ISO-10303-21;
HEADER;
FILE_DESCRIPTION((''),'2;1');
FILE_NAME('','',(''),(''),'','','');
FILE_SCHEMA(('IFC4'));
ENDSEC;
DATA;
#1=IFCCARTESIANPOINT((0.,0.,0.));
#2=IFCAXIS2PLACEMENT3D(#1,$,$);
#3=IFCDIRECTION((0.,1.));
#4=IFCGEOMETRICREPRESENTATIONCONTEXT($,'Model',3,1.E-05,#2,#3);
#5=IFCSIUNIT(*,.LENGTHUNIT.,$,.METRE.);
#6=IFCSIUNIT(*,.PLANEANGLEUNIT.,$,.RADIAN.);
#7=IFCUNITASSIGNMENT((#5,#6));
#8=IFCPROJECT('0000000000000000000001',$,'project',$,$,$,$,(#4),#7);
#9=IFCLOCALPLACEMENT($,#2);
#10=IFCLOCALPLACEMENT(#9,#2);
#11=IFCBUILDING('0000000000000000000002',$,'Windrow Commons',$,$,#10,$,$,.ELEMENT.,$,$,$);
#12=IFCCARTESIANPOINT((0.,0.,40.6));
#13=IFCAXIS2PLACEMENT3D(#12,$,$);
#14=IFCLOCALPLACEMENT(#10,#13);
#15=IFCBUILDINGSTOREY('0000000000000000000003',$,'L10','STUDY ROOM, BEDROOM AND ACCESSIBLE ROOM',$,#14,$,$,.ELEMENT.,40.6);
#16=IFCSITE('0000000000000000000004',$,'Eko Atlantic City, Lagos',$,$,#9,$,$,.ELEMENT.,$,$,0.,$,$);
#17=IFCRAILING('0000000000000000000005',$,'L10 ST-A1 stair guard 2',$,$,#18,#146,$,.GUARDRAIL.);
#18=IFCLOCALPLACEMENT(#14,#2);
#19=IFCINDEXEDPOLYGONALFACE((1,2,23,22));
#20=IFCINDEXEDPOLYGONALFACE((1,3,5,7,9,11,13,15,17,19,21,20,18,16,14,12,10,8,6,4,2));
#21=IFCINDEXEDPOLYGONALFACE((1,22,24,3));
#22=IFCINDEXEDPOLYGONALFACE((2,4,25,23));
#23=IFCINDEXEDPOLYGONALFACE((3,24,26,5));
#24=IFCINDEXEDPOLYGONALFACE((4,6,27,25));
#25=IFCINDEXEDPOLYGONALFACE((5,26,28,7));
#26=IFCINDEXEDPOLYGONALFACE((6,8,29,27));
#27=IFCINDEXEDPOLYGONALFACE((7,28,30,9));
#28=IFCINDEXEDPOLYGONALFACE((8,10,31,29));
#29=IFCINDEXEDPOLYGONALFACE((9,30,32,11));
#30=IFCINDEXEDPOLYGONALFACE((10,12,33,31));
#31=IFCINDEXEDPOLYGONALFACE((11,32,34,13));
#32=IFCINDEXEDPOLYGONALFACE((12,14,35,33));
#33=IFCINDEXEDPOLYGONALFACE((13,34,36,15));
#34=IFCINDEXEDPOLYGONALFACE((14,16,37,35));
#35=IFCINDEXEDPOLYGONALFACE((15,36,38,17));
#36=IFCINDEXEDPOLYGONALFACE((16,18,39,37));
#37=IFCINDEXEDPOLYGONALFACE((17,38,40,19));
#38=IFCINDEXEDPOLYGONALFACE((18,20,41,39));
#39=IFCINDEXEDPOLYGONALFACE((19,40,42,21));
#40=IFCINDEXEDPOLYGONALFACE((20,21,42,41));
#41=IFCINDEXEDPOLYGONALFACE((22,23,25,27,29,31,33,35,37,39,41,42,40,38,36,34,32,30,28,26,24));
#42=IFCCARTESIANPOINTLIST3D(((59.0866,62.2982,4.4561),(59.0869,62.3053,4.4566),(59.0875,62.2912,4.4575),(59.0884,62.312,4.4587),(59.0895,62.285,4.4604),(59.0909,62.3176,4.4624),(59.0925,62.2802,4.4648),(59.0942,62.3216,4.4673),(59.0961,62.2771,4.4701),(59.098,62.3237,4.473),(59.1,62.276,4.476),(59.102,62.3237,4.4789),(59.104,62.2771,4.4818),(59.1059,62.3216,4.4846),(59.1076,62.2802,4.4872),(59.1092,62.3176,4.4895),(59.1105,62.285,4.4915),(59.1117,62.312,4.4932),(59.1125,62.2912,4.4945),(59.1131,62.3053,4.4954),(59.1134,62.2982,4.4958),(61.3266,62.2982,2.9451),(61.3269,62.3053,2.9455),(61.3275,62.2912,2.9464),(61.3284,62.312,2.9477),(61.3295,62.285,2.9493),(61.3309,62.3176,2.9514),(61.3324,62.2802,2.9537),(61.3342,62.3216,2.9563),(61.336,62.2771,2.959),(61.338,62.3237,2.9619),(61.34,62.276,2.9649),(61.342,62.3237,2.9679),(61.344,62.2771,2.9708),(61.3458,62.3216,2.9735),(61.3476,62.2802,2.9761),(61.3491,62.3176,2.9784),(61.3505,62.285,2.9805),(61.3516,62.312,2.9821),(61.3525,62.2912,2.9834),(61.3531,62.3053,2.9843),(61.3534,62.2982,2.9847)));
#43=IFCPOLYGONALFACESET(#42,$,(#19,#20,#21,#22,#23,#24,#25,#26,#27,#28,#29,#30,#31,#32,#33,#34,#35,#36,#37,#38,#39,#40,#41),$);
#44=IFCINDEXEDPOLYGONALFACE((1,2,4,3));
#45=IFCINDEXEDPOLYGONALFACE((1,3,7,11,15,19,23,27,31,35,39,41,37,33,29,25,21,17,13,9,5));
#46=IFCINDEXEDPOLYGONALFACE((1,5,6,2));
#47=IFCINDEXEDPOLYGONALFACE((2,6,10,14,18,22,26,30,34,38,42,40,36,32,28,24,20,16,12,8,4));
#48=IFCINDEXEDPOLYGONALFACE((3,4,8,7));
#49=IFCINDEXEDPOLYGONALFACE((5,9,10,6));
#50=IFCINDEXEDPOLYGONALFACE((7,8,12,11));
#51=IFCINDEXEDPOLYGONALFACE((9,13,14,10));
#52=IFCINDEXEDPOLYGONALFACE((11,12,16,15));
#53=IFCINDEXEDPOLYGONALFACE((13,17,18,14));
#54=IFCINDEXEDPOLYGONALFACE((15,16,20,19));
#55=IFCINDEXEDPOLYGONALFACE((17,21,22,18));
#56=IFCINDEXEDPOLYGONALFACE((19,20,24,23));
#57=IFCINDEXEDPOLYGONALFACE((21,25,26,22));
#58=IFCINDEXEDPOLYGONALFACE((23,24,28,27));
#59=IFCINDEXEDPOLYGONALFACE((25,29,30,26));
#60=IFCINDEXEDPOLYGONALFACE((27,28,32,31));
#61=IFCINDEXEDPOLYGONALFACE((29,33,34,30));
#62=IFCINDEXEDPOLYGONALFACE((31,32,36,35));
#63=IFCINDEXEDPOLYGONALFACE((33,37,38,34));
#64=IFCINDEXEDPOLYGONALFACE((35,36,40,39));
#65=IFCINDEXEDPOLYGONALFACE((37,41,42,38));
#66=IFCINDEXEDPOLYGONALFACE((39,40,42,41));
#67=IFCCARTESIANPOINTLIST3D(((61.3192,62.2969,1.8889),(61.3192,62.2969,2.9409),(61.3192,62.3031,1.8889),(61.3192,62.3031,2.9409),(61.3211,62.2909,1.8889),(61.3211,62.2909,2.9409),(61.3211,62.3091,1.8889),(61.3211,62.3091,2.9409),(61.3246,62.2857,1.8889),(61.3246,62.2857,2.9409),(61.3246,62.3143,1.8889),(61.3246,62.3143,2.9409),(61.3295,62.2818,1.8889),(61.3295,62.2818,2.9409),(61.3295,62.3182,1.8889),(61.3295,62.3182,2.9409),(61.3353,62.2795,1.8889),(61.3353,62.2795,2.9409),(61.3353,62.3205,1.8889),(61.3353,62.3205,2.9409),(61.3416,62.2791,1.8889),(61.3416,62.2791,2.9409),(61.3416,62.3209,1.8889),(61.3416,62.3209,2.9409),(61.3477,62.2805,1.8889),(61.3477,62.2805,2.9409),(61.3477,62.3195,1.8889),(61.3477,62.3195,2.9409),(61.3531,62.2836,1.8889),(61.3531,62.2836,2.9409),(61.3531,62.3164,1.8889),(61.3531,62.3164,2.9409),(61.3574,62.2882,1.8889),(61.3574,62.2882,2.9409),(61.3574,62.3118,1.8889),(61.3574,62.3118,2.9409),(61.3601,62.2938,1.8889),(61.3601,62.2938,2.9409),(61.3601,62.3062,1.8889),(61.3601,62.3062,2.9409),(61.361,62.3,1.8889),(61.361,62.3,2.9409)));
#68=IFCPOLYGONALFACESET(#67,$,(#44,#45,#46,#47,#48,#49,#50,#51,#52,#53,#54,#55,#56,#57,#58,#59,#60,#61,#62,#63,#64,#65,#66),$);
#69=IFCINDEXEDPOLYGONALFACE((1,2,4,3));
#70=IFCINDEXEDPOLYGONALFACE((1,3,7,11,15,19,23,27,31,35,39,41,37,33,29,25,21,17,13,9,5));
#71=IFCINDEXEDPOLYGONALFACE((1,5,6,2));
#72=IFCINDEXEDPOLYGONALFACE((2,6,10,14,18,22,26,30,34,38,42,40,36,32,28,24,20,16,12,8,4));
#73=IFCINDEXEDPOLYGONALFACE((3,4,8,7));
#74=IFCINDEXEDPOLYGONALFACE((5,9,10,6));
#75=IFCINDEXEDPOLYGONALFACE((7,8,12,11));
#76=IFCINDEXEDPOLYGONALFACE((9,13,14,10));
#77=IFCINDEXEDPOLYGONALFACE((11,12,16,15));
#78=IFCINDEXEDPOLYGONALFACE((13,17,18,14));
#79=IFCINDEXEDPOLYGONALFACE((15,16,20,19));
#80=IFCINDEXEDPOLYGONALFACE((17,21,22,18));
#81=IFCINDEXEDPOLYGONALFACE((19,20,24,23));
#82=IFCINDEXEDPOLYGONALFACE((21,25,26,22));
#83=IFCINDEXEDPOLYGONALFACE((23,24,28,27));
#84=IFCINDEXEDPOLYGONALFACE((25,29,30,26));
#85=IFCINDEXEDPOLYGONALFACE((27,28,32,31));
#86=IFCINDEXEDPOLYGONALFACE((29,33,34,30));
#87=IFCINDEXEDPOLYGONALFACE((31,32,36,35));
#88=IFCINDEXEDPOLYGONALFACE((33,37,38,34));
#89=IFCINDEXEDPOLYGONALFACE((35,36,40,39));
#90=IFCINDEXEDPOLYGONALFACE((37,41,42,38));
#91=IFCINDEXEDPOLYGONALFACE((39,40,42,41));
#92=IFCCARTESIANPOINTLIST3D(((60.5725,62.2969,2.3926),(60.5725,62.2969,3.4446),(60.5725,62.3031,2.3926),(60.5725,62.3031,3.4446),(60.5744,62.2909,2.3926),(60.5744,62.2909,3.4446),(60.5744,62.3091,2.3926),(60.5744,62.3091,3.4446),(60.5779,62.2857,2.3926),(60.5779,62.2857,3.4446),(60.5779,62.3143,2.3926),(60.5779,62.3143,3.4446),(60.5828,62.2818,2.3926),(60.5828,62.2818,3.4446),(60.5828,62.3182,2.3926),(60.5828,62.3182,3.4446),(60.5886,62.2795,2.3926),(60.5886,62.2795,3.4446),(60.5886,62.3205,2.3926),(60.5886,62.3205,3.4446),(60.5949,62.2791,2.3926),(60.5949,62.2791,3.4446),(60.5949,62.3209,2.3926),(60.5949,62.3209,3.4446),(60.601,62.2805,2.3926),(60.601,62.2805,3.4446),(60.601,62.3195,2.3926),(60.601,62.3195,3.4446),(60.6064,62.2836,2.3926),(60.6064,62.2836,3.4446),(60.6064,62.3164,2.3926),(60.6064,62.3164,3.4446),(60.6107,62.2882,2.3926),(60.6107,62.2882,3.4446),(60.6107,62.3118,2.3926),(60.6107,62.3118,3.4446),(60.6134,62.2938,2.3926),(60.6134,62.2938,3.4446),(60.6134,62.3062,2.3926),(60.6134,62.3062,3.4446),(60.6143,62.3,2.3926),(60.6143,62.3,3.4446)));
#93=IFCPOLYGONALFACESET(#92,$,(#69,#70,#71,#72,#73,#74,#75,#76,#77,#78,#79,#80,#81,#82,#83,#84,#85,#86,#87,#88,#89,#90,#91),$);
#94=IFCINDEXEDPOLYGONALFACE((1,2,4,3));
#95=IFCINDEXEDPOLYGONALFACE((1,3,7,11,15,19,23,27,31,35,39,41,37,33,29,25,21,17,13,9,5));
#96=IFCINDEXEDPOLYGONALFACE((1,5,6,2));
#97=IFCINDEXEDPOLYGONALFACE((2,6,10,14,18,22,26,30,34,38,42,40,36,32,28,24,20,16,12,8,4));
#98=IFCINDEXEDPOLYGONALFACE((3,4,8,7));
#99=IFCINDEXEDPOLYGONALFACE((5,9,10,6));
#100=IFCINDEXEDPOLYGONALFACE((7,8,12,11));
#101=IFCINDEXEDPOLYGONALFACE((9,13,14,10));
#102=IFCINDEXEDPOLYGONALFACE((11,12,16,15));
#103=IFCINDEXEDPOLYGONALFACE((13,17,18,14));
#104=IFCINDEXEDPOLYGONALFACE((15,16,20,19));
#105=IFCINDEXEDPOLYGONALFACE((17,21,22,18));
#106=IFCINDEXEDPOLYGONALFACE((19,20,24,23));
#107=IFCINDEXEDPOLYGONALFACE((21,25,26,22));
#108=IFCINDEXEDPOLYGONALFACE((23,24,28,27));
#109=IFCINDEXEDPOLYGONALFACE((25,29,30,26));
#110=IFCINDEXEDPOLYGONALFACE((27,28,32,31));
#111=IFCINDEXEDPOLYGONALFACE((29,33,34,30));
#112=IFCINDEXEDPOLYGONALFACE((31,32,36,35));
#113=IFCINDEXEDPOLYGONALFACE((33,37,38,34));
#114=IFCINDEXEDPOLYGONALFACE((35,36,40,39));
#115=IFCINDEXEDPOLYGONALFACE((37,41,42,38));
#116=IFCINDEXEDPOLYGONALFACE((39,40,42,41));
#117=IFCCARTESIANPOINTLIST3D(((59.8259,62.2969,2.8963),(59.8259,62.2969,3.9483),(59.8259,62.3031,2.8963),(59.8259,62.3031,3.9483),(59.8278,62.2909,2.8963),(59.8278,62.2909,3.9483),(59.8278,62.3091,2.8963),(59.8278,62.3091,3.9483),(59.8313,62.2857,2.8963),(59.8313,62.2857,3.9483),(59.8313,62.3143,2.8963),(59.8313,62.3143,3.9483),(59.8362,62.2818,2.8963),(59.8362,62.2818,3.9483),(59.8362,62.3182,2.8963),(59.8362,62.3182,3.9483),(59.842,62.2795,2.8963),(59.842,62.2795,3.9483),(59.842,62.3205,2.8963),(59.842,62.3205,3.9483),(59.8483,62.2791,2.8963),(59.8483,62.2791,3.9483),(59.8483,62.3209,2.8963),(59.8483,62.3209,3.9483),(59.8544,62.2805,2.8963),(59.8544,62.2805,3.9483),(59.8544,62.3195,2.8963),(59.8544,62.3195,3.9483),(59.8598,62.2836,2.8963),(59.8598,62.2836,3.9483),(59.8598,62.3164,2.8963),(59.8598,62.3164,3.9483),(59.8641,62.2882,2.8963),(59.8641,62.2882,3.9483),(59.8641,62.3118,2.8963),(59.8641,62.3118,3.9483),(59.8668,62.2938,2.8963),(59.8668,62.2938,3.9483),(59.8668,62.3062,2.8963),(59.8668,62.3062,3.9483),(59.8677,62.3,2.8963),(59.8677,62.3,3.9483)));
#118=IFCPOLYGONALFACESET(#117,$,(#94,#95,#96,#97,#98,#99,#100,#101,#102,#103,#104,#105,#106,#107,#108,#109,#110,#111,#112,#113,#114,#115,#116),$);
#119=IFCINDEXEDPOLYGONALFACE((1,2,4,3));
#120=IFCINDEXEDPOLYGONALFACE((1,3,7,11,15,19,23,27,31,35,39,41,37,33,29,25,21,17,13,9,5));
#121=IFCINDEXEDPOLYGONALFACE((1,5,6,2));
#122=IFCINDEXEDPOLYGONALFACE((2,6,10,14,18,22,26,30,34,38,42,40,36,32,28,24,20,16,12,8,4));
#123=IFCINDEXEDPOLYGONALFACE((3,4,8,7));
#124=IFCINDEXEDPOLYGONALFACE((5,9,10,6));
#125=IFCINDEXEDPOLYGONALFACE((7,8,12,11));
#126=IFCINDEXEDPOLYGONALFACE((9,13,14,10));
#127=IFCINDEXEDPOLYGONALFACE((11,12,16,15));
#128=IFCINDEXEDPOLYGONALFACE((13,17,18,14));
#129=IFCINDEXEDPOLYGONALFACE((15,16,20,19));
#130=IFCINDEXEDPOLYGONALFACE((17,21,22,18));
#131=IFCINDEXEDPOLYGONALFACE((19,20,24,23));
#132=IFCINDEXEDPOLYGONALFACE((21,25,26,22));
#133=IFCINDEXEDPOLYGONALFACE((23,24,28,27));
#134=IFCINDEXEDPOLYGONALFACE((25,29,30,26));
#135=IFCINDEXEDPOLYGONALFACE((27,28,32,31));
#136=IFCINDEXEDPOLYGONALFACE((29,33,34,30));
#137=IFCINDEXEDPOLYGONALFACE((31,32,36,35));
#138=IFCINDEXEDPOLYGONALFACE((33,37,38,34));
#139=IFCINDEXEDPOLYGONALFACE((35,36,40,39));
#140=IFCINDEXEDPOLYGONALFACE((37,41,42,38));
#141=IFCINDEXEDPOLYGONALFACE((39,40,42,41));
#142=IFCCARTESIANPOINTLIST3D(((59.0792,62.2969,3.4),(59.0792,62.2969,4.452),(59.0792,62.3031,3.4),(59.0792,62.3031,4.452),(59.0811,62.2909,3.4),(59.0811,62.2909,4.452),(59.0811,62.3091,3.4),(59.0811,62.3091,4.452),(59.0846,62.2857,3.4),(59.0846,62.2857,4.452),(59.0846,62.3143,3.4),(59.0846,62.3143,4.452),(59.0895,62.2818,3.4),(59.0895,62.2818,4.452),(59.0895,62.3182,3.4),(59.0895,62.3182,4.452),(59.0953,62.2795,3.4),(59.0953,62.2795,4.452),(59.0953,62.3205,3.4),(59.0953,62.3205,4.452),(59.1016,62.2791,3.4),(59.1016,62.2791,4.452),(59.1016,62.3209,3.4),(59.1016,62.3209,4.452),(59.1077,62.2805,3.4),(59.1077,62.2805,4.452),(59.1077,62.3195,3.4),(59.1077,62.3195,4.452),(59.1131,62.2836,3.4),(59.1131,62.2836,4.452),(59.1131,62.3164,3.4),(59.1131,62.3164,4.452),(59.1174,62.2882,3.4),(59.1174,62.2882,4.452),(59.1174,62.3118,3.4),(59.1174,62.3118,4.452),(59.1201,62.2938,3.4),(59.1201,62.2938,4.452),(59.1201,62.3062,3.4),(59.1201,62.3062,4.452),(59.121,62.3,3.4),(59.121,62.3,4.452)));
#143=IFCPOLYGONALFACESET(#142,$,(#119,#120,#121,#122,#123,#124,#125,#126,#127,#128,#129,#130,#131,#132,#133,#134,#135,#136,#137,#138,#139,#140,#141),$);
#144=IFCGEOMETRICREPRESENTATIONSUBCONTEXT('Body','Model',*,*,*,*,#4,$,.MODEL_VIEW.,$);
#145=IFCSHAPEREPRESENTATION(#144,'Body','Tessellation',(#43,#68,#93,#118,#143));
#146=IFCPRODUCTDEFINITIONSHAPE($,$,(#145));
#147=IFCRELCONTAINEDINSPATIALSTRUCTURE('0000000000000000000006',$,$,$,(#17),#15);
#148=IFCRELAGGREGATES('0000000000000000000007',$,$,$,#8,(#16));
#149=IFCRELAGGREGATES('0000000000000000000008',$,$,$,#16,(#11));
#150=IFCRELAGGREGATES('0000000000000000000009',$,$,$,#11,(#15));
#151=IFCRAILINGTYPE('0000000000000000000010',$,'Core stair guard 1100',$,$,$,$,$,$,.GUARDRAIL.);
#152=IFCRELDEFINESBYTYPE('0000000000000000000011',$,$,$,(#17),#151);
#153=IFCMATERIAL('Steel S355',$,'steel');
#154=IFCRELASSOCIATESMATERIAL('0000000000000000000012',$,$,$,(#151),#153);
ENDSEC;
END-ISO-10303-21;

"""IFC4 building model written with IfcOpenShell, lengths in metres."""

from ifc_helpers import new_model, si_unit, direction, frame, origin, origin_2d, place, context, subcontext, project, spatial, circle, extrude, material, type_object, element, save


model = new_model("IFC4")

# Units and contexts
model_context = context("Model", 3, precision=1e-05, world=origin(), true_north=direction((0.0, 1.0)))
body_context = subcontext(model_context, "Body", "Model", "MODEL_VIEW")
ifc_project = project(units=[si_unit("LENGTHUNIT", "METRE"), si_unit("PLANEANGLEUNIT", "RADIAN")], contexts=[model_context])

# Site, building, storey
site_placement = place(None, origin())
site = spatial("IfcSite", under=ifc_project, at=site_placement, Name="Eko Atlantic City, Lagos", CompositionType="ELEMENT", RefElevation=0.0)
building_placement = place(site_placement, origin())
building = spatial("IfcBuilding", under=site, at=building_placement, Name="Windrow Commons", CompositionType="ELEMENT")
storey_placement = place(building_placement, frame((0.0, 0.0, 40.6)))
storey = spatial("IfcBuildingStorey", under=building, at=storey_placement, Name="L10", Description="STUDY ROOM, BEDROOM AND ACCESSIBLE ROOM", CompositionType="ELEMENT", Elevation=40.6)

# Railing
ifc_material_1 = material(Name="Steel S355", Category="steel")
railing_type_1 = type_object("IfcRailingType", Name="Core stair guard 1100", PredefinedType="GUARDRAIL", material=ifc_material_1)
railing_1_placement = place(storey_placement, frame((61.34, 62.3, 1.8889)))
element("IfcRailing", 1, at=railing_1_placement, inside=storey, type_object=railing_type_1, Name="L10 ST-A1 stair guard 2", PredefinedType="GUARDRAIL", context=body_context, shape_type="SweptSolid", body=[
    extrude(circle(Radius=0.024, at=origin_2d()), frame((0.0, 0.0, 1.076), z_axis=(-0.829003, 0.0, 0.559244), x_axis=(0.0, -1.0, 0.0)), (0.0, 0.0, 1.0), 2.702),
    extrude(circle(Radius=0.021, at=origin_2d()), origin(), (0.0, 0.0, 1.0), 1.052),
    extrude(circle(Radius=0.021, at=origin_2d()), frame((-0.7467, 0.0, 0.5037)), (0.0, 0.0, 1.0), 1.052),
    extrude(circle(Radius=0.021, at=origin_2d()), frame((-1.4933, 0.0, 1.0074)), (0.0, 0.0, 1.0), 1.052),
    extrude(circle(Radius=0.021, at=origin_2d()), frame((-2.24, 0.0, 1.5111)), (0.0, 0.0, 1.0), 1.052),
])

save(model, "model.ifc")
